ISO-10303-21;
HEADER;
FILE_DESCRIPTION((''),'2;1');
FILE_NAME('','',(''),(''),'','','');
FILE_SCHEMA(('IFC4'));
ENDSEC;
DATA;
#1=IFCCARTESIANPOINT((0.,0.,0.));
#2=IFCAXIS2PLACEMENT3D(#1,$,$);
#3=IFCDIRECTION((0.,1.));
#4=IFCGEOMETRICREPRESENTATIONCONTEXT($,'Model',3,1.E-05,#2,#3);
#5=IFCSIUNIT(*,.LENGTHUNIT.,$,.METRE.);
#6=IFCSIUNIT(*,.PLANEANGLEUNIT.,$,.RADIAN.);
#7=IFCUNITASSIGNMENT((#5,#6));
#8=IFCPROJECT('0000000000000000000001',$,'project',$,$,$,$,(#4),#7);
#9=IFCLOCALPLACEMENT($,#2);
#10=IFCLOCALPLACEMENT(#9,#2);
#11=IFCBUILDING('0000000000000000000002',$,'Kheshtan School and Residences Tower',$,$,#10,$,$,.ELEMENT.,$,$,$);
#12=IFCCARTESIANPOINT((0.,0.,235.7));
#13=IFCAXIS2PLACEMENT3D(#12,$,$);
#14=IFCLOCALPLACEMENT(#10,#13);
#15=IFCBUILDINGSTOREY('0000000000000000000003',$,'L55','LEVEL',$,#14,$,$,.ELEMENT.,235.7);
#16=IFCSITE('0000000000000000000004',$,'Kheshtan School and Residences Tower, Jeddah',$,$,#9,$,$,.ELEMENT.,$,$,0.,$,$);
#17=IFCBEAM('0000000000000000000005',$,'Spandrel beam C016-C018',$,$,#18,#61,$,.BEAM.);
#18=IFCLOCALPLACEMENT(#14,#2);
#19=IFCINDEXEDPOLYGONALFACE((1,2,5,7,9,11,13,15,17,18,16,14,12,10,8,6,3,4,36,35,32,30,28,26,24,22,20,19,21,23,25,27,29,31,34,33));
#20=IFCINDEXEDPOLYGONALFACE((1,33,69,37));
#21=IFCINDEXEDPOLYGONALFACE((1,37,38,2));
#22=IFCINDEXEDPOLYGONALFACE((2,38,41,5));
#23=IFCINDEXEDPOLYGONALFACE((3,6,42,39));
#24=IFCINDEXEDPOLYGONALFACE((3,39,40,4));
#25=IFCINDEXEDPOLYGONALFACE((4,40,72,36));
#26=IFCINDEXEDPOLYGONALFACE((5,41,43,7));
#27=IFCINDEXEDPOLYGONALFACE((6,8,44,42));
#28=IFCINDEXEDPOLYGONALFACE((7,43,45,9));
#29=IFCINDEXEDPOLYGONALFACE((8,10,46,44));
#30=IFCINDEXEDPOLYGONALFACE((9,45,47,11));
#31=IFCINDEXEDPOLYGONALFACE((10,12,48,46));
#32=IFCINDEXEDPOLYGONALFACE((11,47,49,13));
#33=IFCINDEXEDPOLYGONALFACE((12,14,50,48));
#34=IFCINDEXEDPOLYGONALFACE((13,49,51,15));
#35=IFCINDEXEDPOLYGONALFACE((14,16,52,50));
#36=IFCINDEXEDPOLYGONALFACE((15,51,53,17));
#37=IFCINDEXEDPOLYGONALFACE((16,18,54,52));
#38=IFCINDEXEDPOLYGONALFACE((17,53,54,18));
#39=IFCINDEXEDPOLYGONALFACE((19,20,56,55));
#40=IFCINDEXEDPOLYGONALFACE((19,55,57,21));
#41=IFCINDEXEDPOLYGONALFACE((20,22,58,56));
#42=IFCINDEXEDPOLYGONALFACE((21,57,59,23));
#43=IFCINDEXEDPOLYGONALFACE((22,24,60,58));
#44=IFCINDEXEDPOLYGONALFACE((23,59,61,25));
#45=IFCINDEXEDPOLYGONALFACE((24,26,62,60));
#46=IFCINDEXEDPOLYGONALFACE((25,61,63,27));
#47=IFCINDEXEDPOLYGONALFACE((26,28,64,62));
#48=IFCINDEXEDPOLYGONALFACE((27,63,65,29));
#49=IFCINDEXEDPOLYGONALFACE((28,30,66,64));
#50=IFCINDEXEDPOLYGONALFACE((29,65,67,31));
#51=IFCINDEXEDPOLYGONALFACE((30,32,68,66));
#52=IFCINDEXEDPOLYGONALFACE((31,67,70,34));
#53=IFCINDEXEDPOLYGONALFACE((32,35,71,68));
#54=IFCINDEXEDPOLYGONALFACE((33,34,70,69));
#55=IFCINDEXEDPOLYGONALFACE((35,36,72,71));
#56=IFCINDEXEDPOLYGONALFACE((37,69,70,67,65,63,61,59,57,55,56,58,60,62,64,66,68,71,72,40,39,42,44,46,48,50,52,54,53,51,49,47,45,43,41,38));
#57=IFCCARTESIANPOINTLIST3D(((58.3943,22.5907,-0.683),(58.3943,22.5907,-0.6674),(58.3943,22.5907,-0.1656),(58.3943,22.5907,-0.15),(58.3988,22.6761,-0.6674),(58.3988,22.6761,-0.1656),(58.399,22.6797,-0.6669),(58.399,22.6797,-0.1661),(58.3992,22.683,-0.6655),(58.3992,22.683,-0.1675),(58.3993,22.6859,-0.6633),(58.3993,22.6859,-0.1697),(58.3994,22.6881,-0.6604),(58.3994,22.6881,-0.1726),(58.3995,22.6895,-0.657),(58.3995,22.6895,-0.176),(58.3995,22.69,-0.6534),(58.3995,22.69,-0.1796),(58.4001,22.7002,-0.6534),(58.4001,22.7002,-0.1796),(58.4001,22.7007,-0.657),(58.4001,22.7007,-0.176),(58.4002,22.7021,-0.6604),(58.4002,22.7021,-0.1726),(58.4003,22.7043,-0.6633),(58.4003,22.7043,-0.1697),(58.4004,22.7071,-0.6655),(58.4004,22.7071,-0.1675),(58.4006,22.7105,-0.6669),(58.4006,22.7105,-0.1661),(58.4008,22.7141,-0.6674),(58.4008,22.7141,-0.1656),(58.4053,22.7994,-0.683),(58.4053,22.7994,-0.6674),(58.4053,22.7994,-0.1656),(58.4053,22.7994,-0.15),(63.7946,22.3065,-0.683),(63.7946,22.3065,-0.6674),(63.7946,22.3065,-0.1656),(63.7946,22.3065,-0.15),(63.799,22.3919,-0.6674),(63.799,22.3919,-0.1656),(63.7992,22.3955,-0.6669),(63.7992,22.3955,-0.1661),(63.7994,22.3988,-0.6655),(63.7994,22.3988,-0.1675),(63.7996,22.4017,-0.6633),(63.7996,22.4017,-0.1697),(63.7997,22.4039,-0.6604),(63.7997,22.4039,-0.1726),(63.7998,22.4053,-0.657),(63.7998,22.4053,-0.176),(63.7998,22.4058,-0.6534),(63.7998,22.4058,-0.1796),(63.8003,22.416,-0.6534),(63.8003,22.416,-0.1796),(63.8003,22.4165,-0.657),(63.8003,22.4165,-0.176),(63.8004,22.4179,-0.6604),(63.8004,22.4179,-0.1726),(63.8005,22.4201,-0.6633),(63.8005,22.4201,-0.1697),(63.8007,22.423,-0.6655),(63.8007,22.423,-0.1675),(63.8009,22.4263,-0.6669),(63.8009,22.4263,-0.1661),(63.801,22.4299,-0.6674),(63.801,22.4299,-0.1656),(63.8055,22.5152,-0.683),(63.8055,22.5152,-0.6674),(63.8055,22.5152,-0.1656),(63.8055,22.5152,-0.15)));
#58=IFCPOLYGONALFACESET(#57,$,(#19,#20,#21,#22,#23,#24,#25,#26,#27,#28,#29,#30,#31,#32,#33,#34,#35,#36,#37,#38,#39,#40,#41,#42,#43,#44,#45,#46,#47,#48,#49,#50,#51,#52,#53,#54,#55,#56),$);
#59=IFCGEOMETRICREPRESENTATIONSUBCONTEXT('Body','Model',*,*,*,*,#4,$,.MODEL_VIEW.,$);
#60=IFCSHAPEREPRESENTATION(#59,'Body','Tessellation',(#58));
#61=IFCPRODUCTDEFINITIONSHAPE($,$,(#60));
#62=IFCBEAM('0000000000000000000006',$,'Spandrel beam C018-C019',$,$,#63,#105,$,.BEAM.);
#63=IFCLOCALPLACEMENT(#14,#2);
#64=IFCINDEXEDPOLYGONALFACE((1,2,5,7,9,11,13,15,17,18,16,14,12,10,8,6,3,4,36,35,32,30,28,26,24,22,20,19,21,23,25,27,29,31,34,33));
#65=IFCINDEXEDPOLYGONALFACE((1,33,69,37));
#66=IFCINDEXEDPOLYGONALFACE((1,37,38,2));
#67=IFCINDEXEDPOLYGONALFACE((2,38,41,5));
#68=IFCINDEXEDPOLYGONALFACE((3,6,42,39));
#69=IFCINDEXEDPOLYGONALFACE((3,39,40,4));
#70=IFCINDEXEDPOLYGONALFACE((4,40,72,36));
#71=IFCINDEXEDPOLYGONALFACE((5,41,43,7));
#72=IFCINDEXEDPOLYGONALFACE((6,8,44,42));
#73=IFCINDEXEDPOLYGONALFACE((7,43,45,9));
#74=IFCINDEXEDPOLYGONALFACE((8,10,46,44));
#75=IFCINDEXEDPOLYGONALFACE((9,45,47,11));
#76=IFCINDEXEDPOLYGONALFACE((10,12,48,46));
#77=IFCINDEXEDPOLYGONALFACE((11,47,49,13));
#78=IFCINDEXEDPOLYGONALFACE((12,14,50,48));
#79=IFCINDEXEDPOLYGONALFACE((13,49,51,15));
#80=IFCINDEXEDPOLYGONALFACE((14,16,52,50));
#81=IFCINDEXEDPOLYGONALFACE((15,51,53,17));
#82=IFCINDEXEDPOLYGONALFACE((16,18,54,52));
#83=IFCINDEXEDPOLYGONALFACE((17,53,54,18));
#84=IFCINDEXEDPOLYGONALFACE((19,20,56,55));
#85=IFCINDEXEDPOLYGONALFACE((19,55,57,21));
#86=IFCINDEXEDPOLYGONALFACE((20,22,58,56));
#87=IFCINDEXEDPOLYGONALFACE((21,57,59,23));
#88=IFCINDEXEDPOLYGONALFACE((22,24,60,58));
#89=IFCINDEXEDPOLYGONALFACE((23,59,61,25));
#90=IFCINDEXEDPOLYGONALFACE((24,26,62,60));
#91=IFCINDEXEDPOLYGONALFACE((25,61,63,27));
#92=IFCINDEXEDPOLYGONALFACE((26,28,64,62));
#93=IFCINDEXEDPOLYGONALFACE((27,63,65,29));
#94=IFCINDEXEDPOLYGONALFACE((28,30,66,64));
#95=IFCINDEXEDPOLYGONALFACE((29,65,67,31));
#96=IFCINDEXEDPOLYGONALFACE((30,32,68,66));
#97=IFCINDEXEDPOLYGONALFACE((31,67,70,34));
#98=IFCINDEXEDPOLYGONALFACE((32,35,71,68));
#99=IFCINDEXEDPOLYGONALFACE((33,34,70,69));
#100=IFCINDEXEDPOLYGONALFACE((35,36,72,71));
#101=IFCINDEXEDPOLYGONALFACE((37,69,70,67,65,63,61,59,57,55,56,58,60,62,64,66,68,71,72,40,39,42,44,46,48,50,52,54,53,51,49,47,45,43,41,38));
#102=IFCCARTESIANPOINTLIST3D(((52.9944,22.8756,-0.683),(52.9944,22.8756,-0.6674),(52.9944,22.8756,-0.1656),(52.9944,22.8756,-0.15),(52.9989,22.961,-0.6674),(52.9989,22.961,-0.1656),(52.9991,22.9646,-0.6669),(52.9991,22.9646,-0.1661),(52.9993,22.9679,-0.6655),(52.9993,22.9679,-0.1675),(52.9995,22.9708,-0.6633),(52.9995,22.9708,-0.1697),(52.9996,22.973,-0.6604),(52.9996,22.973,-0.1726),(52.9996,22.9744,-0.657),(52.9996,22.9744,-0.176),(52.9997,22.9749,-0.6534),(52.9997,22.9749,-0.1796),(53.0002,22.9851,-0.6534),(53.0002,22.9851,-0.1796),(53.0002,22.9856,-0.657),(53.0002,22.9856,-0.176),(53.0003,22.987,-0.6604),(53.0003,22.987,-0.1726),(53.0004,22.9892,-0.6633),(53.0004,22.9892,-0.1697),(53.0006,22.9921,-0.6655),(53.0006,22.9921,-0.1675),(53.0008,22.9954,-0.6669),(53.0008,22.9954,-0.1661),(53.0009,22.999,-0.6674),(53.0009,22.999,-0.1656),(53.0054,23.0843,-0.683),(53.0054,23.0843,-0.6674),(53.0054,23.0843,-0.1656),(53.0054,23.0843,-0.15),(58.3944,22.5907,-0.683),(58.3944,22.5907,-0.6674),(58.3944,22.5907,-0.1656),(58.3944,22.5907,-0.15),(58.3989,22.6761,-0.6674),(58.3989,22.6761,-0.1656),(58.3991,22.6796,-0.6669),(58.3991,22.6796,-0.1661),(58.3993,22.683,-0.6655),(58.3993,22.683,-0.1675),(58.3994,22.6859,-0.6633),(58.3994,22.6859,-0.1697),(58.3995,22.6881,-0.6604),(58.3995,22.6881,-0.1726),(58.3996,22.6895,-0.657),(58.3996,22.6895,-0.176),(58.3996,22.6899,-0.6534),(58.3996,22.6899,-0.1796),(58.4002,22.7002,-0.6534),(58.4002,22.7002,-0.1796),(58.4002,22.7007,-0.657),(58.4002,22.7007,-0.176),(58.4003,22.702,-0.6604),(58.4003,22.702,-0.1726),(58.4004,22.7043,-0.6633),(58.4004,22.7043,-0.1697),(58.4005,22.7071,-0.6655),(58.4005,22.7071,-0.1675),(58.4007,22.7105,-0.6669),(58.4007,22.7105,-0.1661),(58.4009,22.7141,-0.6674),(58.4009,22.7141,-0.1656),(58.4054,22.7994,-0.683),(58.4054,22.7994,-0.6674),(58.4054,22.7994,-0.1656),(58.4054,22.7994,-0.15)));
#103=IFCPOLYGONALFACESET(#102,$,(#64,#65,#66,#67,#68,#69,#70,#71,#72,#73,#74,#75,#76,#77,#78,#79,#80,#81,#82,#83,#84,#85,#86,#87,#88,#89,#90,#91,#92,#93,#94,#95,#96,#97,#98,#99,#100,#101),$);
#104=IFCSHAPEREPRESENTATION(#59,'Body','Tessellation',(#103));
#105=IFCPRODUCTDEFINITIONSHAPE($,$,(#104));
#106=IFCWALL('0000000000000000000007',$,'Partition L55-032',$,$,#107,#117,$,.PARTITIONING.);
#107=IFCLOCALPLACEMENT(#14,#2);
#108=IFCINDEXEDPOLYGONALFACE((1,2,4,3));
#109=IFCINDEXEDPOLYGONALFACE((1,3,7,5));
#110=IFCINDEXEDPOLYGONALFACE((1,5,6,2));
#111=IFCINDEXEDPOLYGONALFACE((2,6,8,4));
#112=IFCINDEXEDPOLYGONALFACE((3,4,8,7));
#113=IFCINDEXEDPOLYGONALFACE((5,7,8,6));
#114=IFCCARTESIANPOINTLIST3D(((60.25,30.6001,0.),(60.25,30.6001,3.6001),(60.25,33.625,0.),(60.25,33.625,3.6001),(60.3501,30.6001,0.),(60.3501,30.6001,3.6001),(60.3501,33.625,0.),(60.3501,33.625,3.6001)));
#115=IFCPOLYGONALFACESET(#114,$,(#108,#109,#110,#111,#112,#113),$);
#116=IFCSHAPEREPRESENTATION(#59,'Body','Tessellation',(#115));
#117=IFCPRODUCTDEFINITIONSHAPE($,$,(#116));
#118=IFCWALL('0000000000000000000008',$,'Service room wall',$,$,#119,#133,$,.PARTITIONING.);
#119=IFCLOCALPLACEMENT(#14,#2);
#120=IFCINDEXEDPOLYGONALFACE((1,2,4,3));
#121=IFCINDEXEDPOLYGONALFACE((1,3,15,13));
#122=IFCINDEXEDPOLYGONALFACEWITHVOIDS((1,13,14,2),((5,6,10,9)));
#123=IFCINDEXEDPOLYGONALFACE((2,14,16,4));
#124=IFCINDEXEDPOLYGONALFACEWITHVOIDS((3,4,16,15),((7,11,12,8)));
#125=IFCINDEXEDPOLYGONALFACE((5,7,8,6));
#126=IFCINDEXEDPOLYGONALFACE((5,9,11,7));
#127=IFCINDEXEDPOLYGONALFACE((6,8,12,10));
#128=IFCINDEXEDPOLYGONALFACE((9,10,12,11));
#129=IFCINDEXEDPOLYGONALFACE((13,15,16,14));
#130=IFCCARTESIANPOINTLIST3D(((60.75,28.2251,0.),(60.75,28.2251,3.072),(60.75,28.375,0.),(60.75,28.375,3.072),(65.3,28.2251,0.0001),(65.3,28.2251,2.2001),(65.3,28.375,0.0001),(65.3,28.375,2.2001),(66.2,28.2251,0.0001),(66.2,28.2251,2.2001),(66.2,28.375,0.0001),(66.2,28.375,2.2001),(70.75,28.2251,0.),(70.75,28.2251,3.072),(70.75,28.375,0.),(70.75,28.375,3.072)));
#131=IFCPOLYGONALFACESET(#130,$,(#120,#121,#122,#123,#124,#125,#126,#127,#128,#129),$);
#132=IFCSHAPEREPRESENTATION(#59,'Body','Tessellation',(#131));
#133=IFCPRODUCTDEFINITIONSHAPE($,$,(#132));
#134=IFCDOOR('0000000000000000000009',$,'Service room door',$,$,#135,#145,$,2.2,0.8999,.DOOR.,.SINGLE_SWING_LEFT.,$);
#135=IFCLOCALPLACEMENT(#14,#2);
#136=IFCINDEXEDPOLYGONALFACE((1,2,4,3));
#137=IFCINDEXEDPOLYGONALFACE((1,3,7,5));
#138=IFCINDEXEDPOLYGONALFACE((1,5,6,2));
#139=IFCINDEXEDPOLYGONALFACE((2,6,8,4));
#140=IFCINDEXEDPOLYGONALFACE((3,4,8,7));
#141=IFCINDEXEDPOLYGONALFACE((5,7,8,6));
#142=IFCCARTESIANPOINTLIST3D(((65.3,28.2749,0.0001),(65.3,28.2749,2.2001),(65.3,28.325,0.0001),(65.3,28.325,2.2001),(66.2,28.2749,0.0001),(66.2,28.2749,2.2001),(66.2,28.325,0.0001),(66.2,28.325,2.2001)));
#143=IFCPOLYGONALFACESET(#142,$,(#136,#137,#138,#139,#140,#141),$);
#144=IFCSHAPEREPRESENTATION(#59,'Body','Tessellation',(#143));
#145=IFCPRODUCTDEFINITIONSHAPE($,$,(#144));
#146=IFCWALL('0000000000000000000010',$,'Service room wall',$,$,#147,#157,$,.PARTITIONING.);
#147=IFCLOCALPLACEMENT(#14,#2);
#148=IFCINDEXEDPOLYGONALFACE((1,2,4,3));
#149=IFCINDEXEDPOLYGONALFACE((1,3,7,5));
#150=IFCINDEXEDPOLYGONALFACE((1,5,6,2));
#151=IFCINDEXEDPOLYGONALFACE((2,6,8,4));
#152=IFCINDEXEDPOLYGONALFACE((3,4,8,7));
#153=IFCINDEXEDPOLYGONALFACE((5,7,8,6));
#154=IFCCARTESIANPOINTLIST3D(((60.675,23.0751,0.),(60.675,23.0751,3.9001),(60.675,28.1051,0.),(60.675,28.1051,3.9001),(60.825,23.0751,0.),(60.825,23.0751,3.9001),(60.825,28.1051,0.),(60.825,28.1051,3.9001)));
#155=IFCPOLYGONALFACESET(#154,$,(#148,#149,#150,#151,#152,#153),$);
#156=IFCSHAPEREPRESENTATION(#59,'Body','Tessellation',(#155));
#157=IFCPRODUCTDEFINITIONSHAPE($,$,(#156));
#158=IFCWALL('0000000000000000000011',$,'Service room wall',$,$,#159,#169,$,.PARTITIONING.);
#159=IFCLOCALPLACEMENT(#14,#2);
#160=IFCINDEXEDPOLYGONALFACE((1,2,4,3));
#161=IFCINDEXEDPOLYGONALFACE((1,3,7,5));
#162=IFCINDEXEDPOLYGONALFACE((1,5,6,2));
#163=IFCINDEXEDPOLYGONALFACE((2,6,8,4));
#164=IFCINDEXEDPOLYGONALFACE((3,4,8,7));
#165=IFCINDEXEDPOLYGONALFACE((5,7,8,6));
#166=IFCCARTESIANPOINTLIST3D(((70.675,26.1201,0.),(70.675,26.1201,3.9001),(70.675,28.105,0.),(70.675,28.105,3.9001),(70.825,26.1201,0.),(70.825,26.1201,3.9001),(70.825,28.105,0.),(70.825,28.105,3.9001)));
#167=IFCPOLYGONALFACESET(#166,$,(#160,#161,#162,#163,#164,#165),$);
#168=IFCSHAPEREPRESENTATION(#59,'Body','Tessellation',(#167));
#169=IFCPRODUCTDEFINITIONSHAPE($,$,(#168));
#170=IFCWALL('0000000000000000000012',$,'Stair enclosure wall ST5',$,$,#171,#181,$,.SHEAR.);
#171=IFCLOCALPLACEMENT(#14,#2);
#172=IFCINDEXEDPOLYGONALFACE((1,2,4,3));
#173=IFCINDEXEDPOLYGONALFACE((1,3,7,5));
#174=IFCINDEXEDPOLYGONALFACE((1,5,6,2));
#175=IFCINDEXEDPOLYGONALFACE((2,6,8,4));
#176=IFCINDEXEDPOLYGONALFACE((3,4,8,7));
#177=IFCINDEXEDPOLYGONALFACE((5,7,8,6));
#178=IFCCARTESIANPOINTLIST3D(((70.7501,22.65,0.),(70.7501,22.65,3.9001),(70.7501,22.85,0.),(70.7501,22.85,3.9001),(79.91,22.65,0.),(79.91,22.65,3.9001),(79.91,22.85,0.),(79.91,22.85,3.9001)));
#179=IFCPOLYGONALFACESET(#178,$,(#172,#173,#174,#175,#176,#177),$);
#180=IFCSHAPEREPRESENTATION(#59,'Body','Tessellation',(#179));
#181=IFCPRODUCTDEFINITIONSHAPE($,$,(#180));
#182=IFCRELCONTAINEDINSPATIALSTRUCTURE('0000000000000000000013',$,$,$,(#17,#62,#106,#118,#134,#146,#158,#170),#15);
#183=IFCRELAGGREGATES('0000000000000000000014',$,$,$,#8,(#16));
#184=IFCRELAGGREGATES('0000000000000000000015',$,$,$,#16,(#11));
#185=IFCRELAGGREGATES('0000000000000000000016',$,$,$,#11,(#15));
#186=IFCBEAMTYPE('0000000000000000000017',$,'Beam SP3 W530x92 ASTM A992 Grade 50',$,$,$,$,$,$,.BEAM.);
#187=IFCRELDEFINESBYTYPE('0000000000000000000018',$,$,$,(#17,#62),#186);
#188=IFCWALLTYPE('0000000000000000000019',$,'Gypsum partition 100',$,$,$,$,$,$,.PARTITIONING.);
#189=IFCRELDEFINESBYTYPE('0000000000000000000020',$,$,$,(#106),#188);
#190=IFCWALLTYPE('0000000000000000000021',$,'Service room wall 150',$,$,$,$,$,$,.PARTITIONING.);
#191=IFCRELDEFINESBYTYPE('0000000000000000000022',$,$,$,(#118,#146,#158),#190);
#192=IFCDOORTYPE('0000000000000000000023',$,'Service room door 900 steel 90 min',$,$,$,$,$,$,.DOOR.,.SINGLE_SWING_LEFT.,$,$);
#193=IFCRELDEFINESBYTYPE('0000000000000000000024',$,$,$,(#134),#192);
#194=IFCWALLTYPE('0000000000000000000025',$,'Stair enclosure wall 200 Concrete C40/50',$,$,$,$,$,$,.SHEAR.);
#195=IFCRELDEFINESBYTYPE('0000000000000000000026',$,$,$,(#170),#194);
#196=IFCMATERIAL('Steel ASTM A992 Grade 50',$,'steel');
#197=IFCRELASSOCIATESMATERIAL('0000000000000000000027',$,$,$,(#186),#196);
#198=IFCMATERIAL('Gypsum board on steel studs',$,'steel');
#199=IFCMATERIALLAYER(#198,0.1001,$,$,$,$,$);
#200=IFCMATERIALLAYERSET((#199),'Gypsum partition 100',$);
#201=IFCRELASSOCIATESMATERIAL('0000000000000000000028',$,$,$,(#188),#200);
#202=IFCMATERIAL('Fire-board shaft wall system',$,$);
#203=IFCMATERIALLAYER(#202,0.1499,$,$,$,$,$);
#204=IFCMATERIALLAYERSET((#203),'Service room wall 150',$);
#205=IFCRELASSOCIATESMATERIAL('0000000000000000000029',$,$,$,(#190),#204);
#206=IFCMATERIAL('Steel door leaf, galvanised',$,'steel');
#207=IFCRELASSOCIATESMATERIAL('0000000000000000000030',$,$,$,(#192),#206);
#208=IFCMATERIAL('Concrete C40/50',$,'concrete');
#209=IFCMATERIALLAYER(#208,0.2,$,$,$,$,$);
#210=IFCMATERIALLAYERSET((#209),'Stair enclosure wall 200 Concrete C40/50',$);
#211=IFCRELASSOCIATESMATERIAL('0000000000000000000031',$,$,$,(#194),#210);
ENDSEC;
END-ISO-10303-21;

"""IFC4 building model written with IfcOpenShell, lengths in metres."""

from ifc_helpers import new_model, si_unit, direction, frame, frame_2d, origin, origin_2d, place, context, subcontext, project, spatial, rectangle, i_section, extrude, source, transform, mapped, material, layer, layer_set, material_profile, profile_set, type_object, element, fill, save


model = new_model("IFC4")

# Units and contexts
model_context = context("Model", 3, precision=1e-05, world=origin(), true_north=direction((0.0, 1.0)))
body_context = subcontext(model_context, "Body", "Model", "MODEL_VIEW")
ifc_project = project(units=[si_unit("LENGTHUNIT", "METRE"), si_unit("PLANEANGLEUNIT", "RADIAN")], contexts=[model_context])

# Site, building, storey
site_placement = place(None, origin())
site = spatial("IfcSite", under=ifc_project, at=site_placement, Name="Kheshtan School and Residences Tower, Jeddah", CompositionType="ELEMENT", RefElevation=0.0)
building_placement = place(site_placement, origin())
building = spatial("IfcBuilding", under=site, at=building_placement, Name="Kheshtan School and Residences Tower", CompositionType="ELEMENT")
storey_placement = place(building_placement, frame((0.0, 0.0, 235.7)))
storey = spatial("IfcBuildingStorey", under=building, at=storey_placement, Name="L55", Description="LEVEL", CompositionType="ELEMENT", Elevation=235.7)

# Shared definitions
ifc_material_1 = material(Name="Steel ASTM A992 Grade 50", Category="steel")

# Beams
ifc_material_profile_1 = material_profile(ifc_material_1, i_section(OverallWidth=0.209, OverallDepth=0.533, WebThickness=0.0103, FlangeThickness=0.0156, FilletRadius=0.0139, at=origin_2d()), Name="W530x92")
ifc_profile_set_1 = profile_set([ifc_material_profile_1], Name="Steel ASTM A992 Grade 50")
beam_type_1 = type_object("IfcBeamType", Name="Beam SP3 W530x92 ASTM A992 Grade 50", PredefinedType="BEAM", material=ifc_profile_set_1)
beam_1_placement = place(storey_placement, frame((63.8, 22.4109, -0.4165), z_axis=(-0.998618, 0.052552, 0.0), x_axis=(-0.052552, -0.998618, 0.0)))
element("IfcBeam", 1, at=beam_1_placement, inside=storey, type_object=beam_type_1, Name="Spandrel beam C016-C018", PredefinedType="BEAM", context=body_context, shape_type="SweptSolid", body=[
    extrude(i_section(OverallWidth=0.209, OverallDepth=0.533, WebThickness=0.0103, FlangeThickness=0.0156, FilletRadius=0.0139, at=origin_2d()), origin(), (0.0, 0.0, 1.0), 5.4077),
])
beam_2_placement = place(storey_placement, frame((58.3999, 22.6951, -0.4165), z_axis=(-0.998611, 0.052689, 0.0), x_axis=(-0.052689, -0.998611, 0.0)))
element("IfcBeam", 2, at=beam_2_placement, inside=storey, type_object=beam_type_1, Name="Spandrel beam C018-C019", PredefinedType="BEAM", context=body_context, shape_type="SweptSolid", body=[
    extrude(i_section(OverallWidth=0.209, OverallDepth=0.533, WebThickness=0.0103, FlangeThickness=0.0156, FilletRadius=0.0139, at=origin_2d()), origin(), (0.0, 0.0, 1.0), 5.4075),
])

# Wall
ifc_material_2 = material(Name="Gypsum board on steel studs", Category="steel")
ifc_layer_1 = layer(ifc_material_2, 0.1001)
ifc_layer_set_1 = layer_set([ifc_layer_1], Name="Gypsum partition 100")
wall_type_1 = type_object("IfcWallType", Name="Gypsum partition 100", PredefinedType="PARTITIONING", material=ifc_layer_set_1)
wall_1_placement = place(storey_placement, frame((60.3, 30.6001, 0.0), z_axis=(0.0, 0.0, 1.0), x_axis=(0.0, 1.0, 0.0)))
element("IfcWall", 3, at=wall_1_placement, inside=storey, type_object=wall_type_1, Name="Partition L55-032", PredefinedType="PARTITIONING", context=body_context, shape_type="SweptSolid", body=[
    extrude(rectangle(XDim=3.0249, YDim=0.1001, at=frame_2d((1.5125, 0.0))), origin(), (0.0, 0.0, 1.0), 3.6001),
])

# Wall, opening, door
ifc_material_3 = material(Name="Fire-board shaft wall system")
ifc_layer_2 = layer(ifc_material_3, 0.1499)
ifc_layer_set_2 = layer_set([ifc_layer_2], Name="Service room wall 150")
wall_type_2 = type_object("IfcWallType", Name="Service room wall 150", PredefinedType="PARTITIONING", material=ifc_layer_set_2)
wall_2_placement = place(storey_placement, frame((60.75, 28.3, 0.0), z_axis=(0.0, 0.0, 1.0), x_axis=(1.0, 0.0, 0.0)))
wall_2 = element("IfcWall", 4, at=wall_2_placement, inside=storey, type_object=wall_type_2, Name="Service room wall", PredefinedType="PARTITIONING", context=body_context, shape_type="SweptSolid", body=[
    extrude(rectangle(XDim=10.0, YDim=0.1499, at=frame_2d((5.0, 0.0))), origin(), (0.0, 0.0, 1.0), 3.072),
])
opening_1_placement = place(wall_2_placement, frame((4.55, 0.0, 0.0)))
opening_1 = element("IfcOpeningElement", 5, at=opening_1_placement, cuts=wall_2, PredefinedType="OPENING", context=body_context, shape_type="SweptSolid", body=[
    extrude(rectangle(XDim=0.8999, YDim=2.2, at=frame_2d((0.45, 1.1001))), frame((0.0, 0.085, 0.0), z_axis=(0.0, -1.0, 0.0), x_axis=(1.0, 0.0, 0.0)), (0.0, 0.0, 1.0), 0.1699),
])
ifc_material_4 = material(Name="Steel door leaf, galvanised", Category="steel")
door_type_1 = type_object("IfcDoorType", Name="Service room door 900 steel 90 min", OperationType="SINGLE_SWING_LEFT", PredefinedType="DOOR", material=ifc_material_4)
shared_shape_1 = source(origin(), body_context, "Body", "SweptSolid", [
    extrude(rectangle(XDim=0.8999, YDim=2.2, at=frame_2d((0.45, 1.1001))), frame((0.0, 0.0249, 0.0), z_axis=(0.0, -1.0, 0.0), x_axis=(1.0, 0.0, 0.0)), (0.0, 0.0, 1.0), 0.05),
])
door_1_placement = place(opening_1_placement, origin())
door_1 = element("IfcDoor", 6, at=door_1_placement, inside=storey, type_object=door_type_1, Name="Service room door", OperationType="SINGLE_SWING_LEFT", OverallHeight=2.2, OverallWidth=0.8999, PredefinedType="DOOR", context=body_context, shape_type="MappedRepresentation", body=[
    mapped(shared_shape_1, transform((0.0, 0.0, 0.0), x_axis=(1.0, 0.0, 0.0), y_axis=(0.0, 1.0, 0.0), z_axis=(0.0, 0.0, 1.0), scale=1.0)),
])
fill(opening_1, door_1)

# Walls
wall_3_placement = place(storey_placement, frame((60.75, 23.075, 0.0), z_axis=(0.0, 0.0, 1.0), x_axis=(0.0, 1.0, 0.0)))
element("IfcWall", 7, at=wall_3_placement, inside=storey, type_object=wall_type_2, Name="Service room wall", PredefinedType="PARTITIONING", context=body_context, shape_type="SweptSolid", body=[
    extrude(rectangle(XDim=5.03, YDim=0.1499, at=frame_2d((2.5151, 0.0))), origin(), (0.0, 0.0, 1.0), 3.9001),
])
wall_4_placement = place(storey_placement, frame((70.75, 26.1201, 0.0), z_axis=(0.0, 0.0, 1.0), x_axis=(0.0, 1.0, 0.0)))
element("IfcWall", 8, at=wall_4_placement, inside=storey, type_object=wall_type_2, Name="Service room wall", PredefinedType="PARTITIONING", context=body_context, shape_type="SweptSolid", body=[
    extrude(rectangle(XDim=1.9849, YDim=0.1499, at=frame_2d((0.9924, 0.0))), origin(), (0.0, 0.0, 1.0), 3.9001),
])
ifc_material_5 = material(Name="Concrete C40/50", Category="concrete")
ifc_layer_3 = layer(ifc_material_5, 0.2)
ifc_layer_set_3 = layer_set([ifc_layer_3], Name="Stair enclosure wall 200 Concrete C40/50")
wall_type_3 = type_object("IfcWallType", Name="Stair enclosure wall 200 Concrete C40/50", PredefinedType="SHEAR", material=ifc_layer_set_3)
wall_5_placement = place(storey_placement, frame((70.75, 22.75, 0.0), z_axis=(0.0, 0.0, 1.0), x_axis=(1.0, 0.0, 0.0)))
element("IfcWall", 9, at=wall_5_placement, inside=storey, type_object=wall_type_3, Name="Stair enclosure wall ST5", PredefinedType="SHEAR", context=body_context, shape_type="SweptSolid", body=[
    extrude(rectangle(XDim=9.1599, YDim=0.2, at=frame_2d((4.5801, 0.0))), origin(), (0.0, 0.0, 1.0), 3.9001),
])

save(model, "model.ifc")
